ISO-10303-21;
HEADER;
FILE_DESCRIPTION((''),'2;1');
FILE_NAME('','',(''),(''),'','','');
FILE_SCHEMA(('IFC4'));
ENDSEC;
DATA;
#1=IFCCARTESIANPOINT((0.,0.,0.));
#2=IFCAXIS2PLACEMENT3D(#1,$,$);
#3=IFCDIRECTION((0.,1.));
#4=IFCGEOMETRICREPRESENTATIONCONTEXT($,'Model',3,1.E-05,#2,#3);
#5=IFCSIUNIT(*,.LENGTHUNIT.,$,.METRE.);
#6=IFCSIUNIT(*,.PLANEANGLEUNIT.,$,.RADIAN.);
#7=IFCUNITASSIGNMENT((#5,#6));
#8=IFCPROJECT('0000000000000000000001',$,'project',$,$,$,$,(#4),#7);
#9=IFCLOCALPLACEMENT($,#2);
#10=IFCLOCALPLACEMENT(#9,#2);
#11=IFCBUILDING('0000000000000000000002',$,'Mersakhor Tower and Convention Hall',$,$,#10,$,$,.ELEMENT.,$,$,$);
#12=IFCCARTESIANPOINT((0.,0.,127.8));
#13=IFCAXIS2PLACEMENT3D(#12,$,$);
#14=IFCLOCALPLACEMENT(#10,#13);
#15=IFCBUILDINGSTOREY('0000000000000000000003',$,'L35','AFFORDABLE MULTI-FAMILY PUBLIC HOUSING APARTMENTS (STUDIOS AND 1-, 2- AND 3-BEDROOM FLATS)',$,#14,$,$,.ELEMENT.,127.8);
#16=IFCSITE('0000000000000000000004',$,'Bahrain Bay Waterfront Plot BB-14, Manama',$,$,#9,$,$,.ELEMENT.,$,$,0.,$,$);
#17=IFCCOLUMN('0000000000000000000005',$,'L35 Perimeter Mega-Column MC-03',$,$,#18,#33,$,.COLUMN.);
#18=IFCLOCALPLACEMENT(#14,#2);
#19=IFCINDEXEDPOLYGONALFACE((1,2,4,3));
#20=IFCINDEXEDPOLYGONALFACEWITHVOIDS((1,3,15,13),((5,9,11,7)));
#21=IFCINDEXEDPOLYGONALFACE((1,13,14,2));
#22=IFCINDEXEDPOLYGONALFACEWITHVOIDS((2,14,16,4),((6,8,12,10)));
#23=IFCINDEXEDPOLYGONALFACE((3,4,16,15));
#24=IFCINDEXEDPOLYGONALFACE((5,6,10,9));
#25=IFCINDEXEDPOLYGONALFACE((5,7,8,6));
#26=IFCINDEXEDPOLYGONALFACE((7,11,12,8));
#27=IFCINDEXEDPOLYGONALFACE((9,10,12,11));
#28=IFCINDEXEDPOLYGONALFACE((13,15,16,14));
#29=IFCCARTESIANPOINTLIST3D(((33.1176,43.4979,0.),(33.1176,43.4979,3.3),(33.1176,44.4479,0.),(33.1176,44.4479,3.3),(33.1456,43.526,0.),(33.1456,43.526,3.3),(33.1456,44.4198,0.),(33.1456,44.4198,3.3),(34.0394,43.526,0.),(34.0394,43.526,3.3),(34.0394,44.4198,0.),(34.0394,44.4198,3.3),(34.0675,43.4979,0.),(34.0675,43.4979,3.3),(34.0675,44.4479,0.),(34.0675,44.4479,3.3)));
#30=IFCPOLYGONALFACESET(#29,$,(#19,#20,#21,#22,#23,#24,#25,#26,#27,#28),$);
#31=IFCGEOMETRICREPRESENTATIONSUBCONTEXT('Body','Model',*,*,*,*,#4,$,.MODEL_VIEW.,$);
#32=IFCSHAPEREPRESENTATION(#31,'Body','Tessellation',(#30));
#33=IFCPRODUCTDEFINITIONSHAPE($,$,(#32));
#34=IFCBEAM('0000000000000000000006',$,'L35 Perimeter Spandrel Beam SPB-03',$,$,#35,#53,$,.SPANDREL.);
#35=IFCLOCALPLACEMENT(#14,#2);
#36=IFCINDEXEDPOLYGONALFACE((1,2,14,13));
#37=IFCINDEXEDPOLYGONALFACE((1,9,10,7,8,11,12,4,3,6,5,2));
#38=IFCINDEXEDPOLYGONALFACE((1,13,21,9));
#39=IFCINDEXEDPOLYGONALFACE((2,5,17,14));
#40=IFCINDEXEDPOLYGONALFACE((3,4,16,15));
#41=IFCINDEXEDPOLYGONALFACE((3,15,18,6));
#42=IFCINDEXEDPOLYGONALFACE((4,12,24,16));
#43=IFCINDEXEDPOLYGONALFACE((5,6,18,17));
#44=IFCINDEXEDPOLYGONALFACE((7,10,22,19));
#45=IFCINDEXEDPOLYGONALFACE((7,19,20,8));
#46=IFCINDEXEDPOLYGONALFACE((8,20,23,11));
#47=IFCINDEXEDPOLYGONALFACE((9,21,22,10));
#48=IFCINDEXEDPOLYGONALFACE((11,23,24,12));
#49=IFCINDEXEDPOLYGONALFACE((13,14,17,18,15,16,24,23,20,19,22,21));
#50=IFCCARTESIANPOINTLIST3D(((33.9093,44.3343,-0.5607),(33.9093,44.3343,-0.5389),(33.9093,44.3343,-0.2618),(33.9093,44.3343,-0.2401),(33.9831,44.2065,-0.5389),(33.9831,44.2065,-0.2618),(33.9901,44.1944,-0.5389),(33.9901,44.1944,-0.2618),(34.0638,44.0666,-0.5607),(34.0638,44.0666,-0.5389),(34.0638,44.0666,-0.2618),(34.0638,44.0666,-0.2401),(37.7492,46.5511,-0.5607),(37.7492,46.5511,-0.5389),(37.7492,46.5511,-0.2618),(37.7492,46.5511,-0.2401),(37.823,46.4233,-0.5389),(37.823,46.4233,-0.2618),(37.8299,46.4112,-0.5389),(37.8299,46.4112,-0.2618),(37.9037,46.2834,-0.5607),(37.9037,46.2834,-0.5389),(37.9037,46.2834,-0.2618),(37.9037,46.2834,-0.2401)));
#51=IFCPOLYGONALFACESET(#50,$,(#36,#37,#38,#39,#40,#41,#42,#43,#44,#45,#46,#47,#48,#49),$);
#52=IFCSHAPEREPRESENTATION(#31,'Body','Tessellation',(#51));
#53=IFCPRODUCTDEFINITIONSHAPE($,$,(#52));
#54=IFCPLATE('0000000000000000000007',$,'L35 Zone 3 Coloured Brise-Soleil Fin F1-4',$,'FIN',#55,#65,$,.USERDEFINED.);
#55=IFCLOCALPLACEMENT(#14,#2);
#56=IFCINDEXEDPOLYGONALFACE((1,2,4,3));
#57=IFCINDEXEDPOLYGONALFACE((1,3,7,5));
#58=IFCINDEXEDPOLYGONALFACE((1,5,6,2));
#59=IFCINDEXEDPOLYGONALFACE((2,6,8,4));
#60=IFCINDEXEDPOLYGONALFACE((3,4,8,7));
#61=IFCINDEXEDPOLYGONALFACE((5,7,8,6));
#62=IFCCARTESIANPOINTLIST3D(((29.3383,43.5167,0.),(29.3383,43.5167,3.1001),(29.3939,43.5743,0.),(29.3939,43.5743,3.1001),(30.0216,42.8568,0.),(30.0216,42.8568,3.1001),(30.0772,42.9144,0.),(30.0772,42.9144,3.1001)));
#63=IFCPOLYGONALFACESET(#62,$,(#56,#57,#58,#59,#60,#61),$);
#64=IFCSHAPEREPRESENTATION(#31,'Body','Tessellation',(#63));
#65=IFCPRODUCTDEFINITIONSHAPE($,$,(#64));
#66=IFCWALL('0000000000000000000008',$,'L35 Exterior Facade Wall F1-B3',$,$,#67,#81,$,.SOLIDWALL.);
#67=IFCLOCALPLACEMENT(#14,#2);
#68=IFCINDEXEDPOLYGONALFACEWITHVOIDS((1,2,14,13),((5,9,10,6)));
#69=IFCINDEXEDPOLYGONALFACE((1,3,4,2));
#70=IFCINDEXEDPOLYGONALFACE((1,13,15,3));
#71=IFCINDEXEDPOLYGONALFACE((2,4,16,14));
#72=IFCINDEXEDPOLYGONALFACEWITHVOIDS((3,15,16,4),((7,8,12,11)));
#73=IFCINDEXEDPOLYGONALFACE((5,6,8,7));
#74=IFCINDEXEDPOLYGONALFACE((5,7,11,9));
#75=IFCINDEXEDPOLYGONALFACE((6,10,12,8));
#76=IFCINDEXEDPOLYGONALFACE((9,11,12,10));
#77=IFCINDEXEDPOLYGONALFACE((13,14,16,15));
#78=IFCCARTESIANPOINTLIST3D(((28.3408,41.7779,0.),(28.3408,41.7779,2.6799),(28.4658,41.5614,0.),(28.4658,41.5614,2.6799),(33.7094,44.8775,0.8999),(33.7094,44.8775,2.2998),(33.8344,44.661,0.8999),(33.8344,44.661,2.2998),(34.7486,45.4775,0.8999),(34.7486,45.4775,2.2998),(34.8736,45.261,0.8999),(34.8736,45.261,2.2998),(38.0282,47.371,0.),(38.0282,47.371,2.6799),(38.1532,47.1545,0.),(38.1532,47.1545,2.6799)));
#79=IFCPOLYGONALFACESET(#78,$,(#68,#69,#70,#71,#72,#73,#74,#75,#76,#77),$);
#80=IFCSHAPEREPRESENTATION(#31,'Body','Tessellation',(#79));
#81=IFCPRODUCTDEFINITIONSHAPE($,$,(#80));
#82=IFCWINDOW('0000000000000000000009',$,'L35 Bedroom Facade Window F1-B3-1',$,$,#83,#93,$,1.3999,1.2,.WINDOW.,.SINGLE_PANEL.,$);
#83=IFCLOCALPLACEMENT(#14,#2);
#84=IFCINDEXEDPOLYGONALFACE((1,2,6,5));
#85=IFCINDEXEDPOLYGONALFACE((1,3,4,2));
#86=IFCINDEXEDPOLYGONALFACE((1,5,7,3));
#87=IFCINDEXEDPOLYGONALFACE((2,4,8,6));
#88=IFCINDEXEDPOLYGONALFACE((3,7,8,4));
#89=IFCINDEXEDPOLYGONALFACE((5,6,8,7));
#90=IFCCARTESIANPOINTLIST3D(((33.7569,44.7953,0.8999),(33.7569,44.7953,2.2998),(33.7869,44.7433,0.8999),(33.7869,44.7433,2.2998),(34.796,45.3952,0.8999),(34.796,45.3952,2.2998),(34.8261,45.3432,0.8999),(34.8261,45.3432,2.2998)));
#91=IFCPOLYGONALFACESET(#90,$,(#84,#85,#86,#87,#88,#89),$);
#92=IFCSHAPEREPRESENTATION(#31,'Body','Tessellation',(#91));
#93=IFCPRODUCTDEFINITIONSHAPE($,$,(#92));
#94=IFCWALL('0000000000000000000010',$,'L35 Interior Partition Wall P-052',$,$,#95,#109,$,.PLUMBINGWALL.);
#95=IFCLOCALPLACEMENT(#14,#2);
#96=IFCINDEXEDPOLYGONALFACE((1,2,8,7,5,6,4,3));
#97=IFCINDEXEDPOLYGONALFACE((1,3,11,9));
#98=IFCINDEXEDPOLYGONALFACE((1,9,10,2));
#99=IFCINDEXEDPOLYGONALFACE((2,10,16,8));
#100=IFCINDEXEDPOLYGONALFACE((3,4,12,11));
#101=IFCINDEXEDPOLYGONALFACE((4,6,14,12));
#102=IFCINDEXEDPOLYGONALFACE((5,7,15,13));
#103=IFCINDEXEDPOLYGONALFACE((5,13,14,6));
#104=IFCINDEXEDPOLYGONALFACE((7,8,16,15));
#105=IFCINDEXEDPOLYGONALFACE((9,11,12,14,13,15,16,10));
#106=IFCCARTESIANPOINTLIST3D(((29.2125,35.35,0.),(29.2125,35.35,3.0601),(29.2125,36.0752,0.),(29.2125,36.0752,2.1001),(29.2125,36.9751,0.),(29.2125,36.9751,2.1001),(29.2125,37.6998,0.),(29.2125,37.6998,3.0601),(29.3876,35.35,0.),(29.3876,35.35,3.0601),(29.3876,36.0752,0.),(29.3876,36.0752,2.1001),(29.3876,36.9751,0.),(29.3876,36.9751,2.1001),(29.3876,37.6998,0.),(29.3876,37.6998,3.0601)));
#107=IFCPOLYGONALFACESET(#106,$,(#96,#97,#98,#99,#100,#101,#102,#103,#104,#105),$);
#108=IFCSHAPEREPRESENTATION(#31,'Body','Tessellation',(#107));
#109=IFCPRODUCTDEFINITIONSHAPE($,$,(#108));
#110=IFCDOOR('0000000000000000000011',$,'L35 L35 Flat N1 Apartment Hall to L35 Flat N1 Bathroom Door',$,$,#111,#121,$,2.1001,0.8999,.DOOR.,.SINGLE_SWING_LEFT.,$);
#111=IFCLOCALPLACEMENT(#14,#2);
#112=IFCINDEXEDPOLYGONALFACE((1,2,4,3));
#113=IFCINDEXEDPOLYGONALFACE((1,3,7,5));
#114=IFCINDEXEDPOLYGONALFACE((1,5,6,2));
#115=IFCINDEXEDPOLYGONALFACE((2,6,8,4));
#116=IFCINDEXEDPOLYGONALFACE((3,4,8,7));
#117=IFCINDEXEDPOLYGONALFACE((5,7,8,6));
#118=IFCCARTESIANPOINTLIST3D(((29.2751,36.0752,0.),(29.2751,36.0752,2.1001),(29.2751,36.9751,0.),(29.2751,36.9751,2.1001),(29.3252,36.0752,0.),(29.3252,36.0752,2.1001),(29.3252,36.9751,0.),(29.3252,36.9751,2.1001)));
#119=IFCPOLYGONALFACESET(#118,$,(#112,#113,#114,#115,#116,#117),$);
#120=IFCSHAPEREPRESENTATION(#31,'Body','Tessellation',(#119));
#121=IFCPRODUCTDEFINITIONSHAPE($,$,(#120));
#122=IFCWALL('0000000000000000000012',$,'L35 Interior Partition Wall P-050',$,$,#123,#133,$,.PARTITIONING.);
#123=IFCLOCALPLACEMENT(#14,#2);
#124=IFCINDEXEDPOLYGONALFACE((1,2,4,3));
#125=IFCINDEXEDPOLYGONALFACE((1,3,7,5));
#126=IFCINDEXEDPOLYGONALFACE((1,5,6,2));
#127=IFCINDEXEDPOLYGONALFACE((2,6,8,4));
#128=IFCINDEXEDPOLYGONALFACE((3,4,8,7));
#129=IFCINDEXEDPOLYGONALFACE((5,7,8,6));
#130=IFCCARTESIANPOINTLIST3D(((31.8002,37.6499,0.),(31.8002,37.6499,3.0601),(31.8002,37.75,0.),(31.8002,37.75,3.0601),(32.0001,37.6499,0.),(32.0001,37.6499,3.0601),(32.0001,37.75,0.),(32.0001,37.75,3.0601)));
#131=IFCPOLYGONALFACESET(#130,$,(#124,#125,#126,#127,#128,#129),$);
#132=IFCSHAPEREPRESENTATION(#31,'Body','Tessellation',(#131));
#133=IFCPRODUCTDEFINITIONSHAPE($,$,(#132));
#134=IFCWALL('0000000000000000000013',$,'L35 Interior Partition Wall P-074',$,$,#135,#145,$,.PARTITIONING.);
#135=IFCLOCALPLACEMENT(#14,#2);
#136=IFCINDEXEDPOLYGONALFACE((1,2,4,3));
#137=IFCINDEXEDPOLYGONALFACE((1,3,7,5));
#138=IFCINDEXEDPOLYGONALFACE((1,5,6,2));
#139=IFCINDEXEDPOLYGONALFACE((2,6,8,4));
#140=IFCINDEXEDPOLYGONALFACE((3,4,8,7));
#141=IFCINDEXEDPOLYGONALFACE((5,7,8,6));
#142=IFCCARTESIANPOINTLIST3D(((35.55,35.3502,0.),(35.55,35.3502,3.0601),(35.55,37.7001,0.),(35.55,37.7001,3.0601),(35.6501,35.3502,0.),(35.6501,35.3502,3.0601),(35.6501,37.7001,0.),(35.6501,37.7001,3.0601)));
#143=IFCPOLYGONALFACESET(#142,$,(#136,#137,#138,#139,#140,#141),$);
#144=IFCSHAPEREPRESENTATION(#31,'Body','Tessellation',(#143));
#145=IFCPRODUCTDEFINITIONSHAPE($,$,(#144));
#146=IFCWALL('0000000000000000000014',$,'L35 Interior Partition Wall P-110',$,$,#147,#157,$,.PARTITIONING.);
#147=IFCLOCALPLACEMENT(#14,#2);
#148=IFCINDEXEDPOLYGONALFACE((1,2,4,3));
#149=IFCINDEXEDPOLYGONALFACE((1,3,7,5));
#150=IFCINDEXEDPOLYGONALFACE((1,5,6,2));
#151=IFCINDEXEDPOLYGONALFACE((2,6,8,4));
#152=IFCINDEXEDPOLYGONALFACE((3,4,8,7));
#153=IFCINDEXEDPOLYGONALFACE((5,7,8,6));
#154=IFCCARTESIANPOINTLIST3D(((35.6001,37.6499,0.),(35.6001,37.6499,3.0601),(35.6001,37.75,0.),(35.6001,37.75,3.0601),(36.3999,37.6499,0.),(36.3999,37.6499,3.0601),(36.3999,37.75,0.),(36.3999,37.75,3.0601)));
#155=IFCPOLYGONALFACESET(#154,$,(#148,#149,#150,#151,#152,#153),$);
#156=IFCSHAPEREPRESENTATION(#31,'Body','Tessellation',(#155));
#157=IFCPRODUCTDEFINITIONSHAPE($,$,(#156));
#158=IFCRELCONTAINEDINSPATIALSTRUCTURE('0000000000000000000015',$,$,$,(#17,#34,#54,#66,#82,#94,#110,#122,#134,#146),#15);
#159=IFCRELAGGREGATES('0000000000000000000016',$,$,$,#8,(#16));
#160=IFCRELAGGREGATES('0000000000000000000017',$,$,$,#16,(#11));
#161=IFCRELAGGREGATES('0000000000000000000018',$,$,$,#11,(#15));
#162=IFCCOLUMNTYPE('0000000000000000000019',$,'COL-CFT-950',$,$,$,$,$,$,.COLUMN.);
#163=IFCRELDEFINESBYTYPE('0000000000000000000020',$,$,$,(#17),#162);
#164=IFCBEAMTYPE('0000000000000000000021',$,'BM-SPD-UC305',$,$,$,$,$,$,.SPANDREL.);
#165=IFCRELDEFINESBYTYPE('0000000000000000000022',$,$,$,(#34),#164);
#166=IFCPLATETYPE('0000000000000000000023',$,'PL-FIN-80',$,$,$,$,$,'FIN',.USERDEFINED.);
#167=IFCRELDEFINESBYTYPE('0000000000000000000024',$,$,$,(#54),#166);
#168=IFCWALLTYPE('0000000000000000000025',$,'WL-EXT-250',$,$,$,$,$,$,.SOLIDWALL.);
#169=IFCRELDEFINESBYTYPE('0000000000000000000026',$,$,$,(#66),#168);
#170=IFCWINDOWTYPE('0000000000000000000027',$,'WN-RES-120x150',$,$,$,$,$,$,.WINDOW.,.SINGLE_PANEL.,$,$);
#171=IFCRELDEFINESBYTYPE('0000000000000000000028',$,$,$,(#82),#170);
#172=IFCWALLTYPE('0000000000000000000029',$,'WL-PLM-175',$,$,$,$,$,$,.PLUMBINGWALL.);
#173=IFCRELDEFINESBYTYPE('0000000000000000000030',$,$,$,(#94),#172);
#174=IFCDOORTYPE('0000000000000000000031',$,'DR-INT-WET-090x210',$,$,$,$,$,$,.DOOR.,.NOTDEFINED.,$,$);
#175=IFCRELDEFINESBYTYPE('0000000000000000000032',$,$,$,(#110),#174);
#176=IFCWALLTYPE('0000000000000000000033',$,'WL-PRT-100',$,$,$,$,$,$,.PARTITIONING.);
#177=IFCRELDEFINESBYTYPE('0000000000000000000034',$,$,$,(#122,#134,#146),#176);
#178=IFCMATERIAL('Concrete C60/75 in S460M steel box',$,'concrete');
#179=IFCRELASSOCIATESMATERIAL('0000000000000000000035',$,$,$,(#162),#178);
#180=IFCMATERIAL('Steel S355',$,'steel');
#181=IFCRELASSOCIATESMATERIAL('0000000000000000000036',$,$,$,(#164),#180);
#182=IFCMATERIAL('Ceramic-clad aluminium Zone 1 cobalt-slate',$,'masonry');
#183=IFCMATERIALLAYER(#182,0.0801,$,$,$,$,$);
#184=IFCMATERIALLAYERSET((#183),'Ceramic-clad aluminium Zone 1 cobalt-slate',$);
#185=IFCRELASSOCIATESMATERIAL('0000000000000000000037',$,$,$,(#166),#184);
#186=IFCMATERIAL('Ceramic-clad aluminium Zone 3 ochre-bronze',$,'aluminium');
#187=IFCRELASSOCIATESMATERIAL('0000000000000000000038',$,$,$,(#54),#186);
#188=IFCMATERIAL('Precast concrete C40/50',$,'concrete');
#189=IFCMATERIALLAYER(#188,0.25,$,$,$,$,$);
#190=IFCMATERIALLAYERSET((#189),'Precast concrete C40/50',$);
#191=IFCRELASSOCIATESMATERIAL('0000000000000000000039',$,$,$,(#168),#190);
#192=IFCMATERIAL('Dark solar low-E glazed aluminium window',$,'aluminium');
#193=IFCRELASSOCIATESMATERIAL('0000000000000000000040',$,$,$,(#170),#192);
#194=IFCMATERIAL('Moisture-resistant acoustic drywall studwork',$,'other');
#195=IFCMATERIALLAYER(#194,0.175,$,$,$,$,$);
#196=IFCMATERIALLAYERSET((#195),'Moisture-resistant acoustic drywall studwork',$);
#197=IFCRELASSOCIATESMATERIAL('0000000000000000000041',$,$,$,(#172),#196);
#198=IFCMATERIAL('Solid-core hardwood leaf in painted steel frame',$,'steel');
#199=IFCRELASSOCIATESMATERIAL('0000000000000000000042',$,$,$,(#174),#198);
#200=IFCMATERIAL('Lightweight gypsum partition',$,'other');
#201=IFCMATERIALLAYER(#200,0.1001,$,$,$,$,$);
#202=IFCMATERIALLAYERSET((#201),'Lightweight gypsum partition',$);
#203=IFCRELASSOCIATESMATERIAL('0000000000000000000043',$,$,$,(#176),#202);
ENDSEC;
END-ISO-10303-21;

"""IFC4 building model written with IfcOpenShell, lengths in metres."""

from ifc_helpers import new_model, si_unit, direction, frame, frame_2d, origin, origin_2d, place, context, subcontext, project, spatial, rectangle, hollow_rectangle, i_section, extrude, material, layer, layer_set, material_profile, profile_set, type_object, element, fill, save


model = new_model("IFC4")

# Units and contexts
model_context = context("Model", 3, precision=1e-05, world=origin(), true_north=direction((0.0, 1.0)))
body_context = subcontext(model_context, "Body", "Model", "MODEL_VIEW")
ifc_project = project(units=[si_unit("LENGTHUNIT", "METRE"), si_unit("PLANEANGLEUNIT", "RADIAN")], contexts=[model_context])

# Site, building, storey
site_placement = place(None, origin())
site = spatial("IfcSite", under=ifc_project, at=site_placement, Name="Bahrain Bay Waterfront Plot BB-14, Manama", CompositionType="ELEMENT", RefElevation=0.0)
building_placement = place(site_placement, origin())
building = spatial("IfcBuilding", under=site, at=building_placement, Name="Mersakhor Tower and Convention Hall", CompositionType="ELEMENT")
storey_placement = place(building_placement, frame((0.0, 0.0, 127.8)))
storey = spatial("IfcBuildingStorey", under=building, at=storey_placement, Name="L35", Description="AFFORDABLE MULTI-FAMILY PUBLIC HOUSING APARTMENTS (STUDIOS AND 1-, 2- AND 3-BEDROOM FLATS)", CompositionType="ELEMENT", Elevation=127.8)

# Column
ifc_material_1 = material(Name="Concrete C60/75 in S460M steel box", Category="concrete")
ifc_material_profile_1 = material_profile(ifc_material_1, hollow_rectangle(XDim=0.95, YDim=0.95, WallThickness=0.0281, at=origin_2d()), Name="SHS 950x950x28")
ifc_profile_set_1 = profile_set([ifc_material_profile_1], Name="Concrete C60/75 in S460M steel box")
column_type = type_object("IfcColumnType", Name="COL-CFT-950", PredefinedType="COLUMN", material=ifc_profile_set_1)
column_placement = place(storey_placement, frame((33.5925, 43.9729, 0.0), z_axis=(0.0, 0.0, 1.0), x_axis=(1.0, 0.0, 0.0)))
element("IfcColumn", 1, at=column_placement, inside=storey, type_object=column_type, Name="L35 Perimeter Mega-Column MC-03", PredefinedType="COLUMN", context=body_context, shape_type="SweptSolid", body=[
    extrude(hollow_rectangle(XDim=0.95, YDim=0.95, WallThickness=0.0281, at=origin_2d()), origin(), (0.0, 0.0, 1.0), 3.3),
])

# Beam
ifc_material_2 = material(Name="Steel S355", Category="steel")
ifc_material_profile_2 = material_profile(ifc_material_2, i_section(OverallWidth=0.3091, OverallDepth=0.3206, WebThickness=0.0139, FlangeThickness=0.0217, at=origin_2d()), Name="UC 305x305x137")
ifc_profile_set_2 = profile_set([ifc_material_profile_2], Name="Steel S355")
beam_type = type_object("IfcBeamType", Name="BM-SPD-UC305", PredefinedType="SPANDREL", material=ifc_profile_set_2)
beam_placement = place(storey_placement, frame((33.9866, 44.2004, -0.4004), z_axis=(0.866039, 0.499977, 0.0), x_axis=(-0.499977, 0.866039, 0.0)))
element("IfcBeam", 2, at=beam_placement, inside=storey, type_object=beam_type, Name="L35 Perimeter Spandrel Beam SPB-03", PredefinedType="SPANDREL", context=body_context, shape_type="SweptSolid", body=[
    extrude(i_section(OverallWidth=0.3091, OverallDepth=0.3206, WebThickness=0.0139, FlangeThickness=0.0217, at=origin_2d()), origin(), (0.0, 0.0, 1.0), 4.4338),
])

# Plate
ifc_material_3 = material(Name="Ceramic-clad aluminium Zone 3 ochre-bronze", Category="aluminium")
ifc_material_4 = material(Name="Ceramic-clad aluminium Zone 1 cobalt-slate", Category="masonry")
ifc_layer_1 = layer(ifc_material_4, 0.0801)
ifc_layer_set_1 = layer_set([ifc_layer_1], Name="Ceramic-clad aluminium Zone 1 cobalt-slate")
plate_type = type_object("IfcPlateType", Name="PL-FIN-80", ElementType="FIN", PredefinedType="USERDEFINED", material=ifc_layer_set_1)
plate_placement = place(storey_placement, frame((29.7078, 43.2156, 0.0), z_axis=(0.0, 0.0, 1.0), x_axis=(-0.71934, 0.694658, 0.0)))
element("IfcPlate", 3, at=plate_placement, inside=storey, type_object=plate_type, material=ifc_material_3, Name="L35 Zone 3 Coloured Brise-Soleil Fin F1-4", ObjectType="FIN", PredefinedType="USERDEFINED", context=body_context, shape_type="SweptSolid", body=[
    extrude(rectangle(XDim=0.95, YDim=0.0801, at=origin_2d()), origin(), (0.0, 0.0, 1.0), 3.1001),
])

# Wall, opening, window
ifc_material_5 = material(Name="Precast concrete C40/50", Category="concrete")
ifc_layer_2 = layer(ifc_material_5, 0.25)
ifc_layer_set_2 = layer_set([ifc_layer_2], Name="Precast concrete C40/50")
wall_type_1 = type_object("IfcWallType", Name="WL-EXT-250", PredefinedType="SOLIDWALL", material=ifc_layer_set_2)
wall_1_placement = place(storey_placement, frame((28.4033, 41.6697, 0.0), z_axis=(0.0, 0.0, 1.0), x_axis=(0.866022, 0.500005, 0.0)))
wall_1 = element("IfcWall", 4, at=wall_1_placement, inside=storey, type_object=wall_type_1, Name="L35 Exterior Facade Wall F1-B3", PredefinedType="SOLIDWALL", context=body_context, shape_type="SweptSolid", body=[
    extrude(rectangle(XDim=11.186, YDim=0.25, at=frame_2d((5.593, 0.0))), origin(), (0.0, 0.0, 1.0), 2.6799),
])
opening_1_placement = place(wall_1_placement, frame((6.199, 0.0, 0.8999)))
opening_1 = element("IfcOpeningElement", 5, at=opening_1_placement, cuts=wall_1, PredefinedType="OPENING", context=body_context, shape_type="SweptSolid", body=[
    extrude(rectangle(XDim=1.2, YDim=1.3999, at=frame_2d((0.6001, 0.7))), frame((0.0, 0.135, 0.0), z_axis=(0.0, -1.0, 0.0), x_axis=(1.0, 0.0, 0.0)), (0.0, 0.0, 1.0), 0.27),
])
ifc_material_6 = material(Name="Dark solar low-E glazed aluminium window", Category="aluminium")
window_type = type_object("IfcWindowType", Name="WN-RES-120x150", PartitioningType="SINGLE_PANEL", PredefinedType="WINDOW", material=ifc_material_6)
window_placement = place(opening_1_placement, origin())
window = element("IfcWindow", 6, at=window_placement, inside=storey, type_object=window_type, Name="L35 Bedroom Facade Window F1-B3-1", OverallHeight=1.3999, OverallWidth=1.2, PartitioningType="SINGLE_PANEL", PredefinedType="WINDOW", context=body_context, shape_type="SweptSolid", body=[
    extrude(rectangle(XDim=1.2, YDim=1.3999, at=frame_2d((0.6001, 0.7))), frame((0.0, 0.03, 0.0), z_axis=(0.0, -1.0, 0.0), x_axis=(1.0, 0.0, 0.0)), (0.0, 0.0, 1.0), 0.0601),
])
fill(opening_1, window)

# Wall, opening, door
ifc_material_7 = material(Name="Moisture-resistant acoustic drywall studwork", Category="other")
ifc_layer_3 = layer(ifc_material_7, 0.175)
ifc_layer_set_3 = layer_set([ifc_layer_3], Name="Moisture-resistant acoustic drywall studwork")
wall_type_2 = type_object("IfcWallType", Name="WL-PLM-175", PredefinedType="PLUMBINGWALL", material=ifc_layer_set_3)
wall_2_placement = place(storey_placement, frame((29.3, 35.3501, 0.0), z_axis=(0.0, 0.0, 1.0), x_axis=(0.0, 1.0, 0.0)))
wall_2 = element("IfcWall", 7, at=wall_2_placement, inside=storey, type_object=wall_type_2, Name="L35 Interior Partition Wall P-052", PredefinedType="PLUMBINGWALL", context=body_context, shape_type="SweptSolid", body=[
    extrude(rectangle(XDim=2.3499, YDim=0.175, at=frame_2d((1.1748, 0.0))), origin(), (0.0, 0.0, 1.0), 3.0601),
])
opening_2_placement = place(wall_2_placement, frame((0.7251, 0.0, 0.0)))
opening_2 = element("IfcOpeningElement", 8, at=opening_2_placement, cuts=wall_2, PredefinedType="OPENING", context=body_context, shape_type="SweptSolid", body=[
    extrude(rectangle(XDim=0.8999, YDim=2.1001, at=frame_2d((0.45, 1.05))), frame((0.0, 0.0974, 0.0), z_axis=(0.0, -1.0, 0.0), x_axis=(1.0, 0.0, 0.0)), (0.0, 0.0, 1.0), 0.1951),
])
ifc_material_8 = material(Name="Solid-core hardwood leaf in painted steel frame", Category="steel")
door_type_1 = type_object("IfcDoorType", Name="DR-INT-WET-090x210", OperationType="NOTDEFINED", PredefinedType="DOOR", material=ifc_material_8)
door_1_placement = place(opening_2_placement, origin())
door_1 = element("IfcDoor", 9, at=door_1_placement, inside=storey, type_object=door_type_1, Name="L35 L35 Flat N1 Apartment Hall to L35 Flat N1 Bathroom Door", OperationType="SINGLE_SWING_LEFT", OverallHeight=2.1001, OverallWidth=0.8999, PredefinedType="DOOR", context=body_context, shape_type="SweptSolid", body=[
    extrude(rectangle(XDim=0.8999, YDim=2.1001, at=frame_2d((0.45, 1.05))), frame((0.0, 0.0249, 0.0), z_axis=(0.0, -1.0, 0.0), x_axis=(1.0, 0.0, 0.0)), (0.0, 0.0, 1.0), 0.05),
])
fill(opening_2, door_1)

# Walls
ifc_material_9 = material(Name="Lightweight gypsum partition", Category="other")
ifc_layer_4 = layer(ifc_material_9, 0.1001)
ifc_layer_set_4 = layer_set([ifc_layer_4], Name="Lightweight gypsum partition")
wall_type_3 = type_object("IfcWallType", Name="WL-PRT-100", PredefinedType="PARTITIONING", material=ifc_layer_set_4)
wall_3_placement = place(storey_placement, frame((31.8, 37.7, 0.0), z_axis=(0.0, 0.0, 1.0), x_axis=(1.0, 0.0, 0.0)))
element("IfcWall", 10, at=wall_3_placement, inside=storey, type_object=wall_type_3, Name="L35 Interior Partition Wall P-050", PredefinedType="PARTITIONING", context=body_context, shape_type="SweptSolid", body=[
    extrude(rectangle(XDim=0.2, YDim=0.1001, at=frame_2d((0.1001, 0.0))), origin(), (0.0, 0.0, 1.0), 3.0601),
])
wall_4_placement = place(storey_placement, frame((35.6001, 37.7, 0.0), z_axis=(0.0, 0.0, 1.0), x_axis=(0.0, -1.0, 0.0)))
element("IfcWall", 11, at=wall_4_placement, inside=storey, type_object=wall_type_3, Name="L35 Interior Partition Wall P-074", PredefinedType="PARTITIONING", context=body_context, shape_type="SweptSolid", body=[
    extrude(rectangle(XDim=2.3499, YDim=0.1001, at=frame_2d((1.1748, 0.0))), origin(), (0.0, 0.0, 1.0), 3.0601),
])
wall_5_placement = place(storey_placement, frame((35.6001, 37.7, 0.0), z_axis=(0.0, 0.0, 1.0), x_axis=(1.0, 0.0, 0.0)))
element("IfcWall", 12, at=wall_5_placement, inside=storey, type_object=wall_type_3, Name="L35 Interior Partition Wall P-110", PredefinedType="PARTITIONING", context=body_context, shape_type="SweptSolid", body=[
    extrude(rectangle(XDim=0.7998, YDim=0.1001, at=frame_2d((0.3999, 0.0))), origin(), (0.0, 0.0, 1.0), 3.0601),
])

save(model, "model.ifc")
